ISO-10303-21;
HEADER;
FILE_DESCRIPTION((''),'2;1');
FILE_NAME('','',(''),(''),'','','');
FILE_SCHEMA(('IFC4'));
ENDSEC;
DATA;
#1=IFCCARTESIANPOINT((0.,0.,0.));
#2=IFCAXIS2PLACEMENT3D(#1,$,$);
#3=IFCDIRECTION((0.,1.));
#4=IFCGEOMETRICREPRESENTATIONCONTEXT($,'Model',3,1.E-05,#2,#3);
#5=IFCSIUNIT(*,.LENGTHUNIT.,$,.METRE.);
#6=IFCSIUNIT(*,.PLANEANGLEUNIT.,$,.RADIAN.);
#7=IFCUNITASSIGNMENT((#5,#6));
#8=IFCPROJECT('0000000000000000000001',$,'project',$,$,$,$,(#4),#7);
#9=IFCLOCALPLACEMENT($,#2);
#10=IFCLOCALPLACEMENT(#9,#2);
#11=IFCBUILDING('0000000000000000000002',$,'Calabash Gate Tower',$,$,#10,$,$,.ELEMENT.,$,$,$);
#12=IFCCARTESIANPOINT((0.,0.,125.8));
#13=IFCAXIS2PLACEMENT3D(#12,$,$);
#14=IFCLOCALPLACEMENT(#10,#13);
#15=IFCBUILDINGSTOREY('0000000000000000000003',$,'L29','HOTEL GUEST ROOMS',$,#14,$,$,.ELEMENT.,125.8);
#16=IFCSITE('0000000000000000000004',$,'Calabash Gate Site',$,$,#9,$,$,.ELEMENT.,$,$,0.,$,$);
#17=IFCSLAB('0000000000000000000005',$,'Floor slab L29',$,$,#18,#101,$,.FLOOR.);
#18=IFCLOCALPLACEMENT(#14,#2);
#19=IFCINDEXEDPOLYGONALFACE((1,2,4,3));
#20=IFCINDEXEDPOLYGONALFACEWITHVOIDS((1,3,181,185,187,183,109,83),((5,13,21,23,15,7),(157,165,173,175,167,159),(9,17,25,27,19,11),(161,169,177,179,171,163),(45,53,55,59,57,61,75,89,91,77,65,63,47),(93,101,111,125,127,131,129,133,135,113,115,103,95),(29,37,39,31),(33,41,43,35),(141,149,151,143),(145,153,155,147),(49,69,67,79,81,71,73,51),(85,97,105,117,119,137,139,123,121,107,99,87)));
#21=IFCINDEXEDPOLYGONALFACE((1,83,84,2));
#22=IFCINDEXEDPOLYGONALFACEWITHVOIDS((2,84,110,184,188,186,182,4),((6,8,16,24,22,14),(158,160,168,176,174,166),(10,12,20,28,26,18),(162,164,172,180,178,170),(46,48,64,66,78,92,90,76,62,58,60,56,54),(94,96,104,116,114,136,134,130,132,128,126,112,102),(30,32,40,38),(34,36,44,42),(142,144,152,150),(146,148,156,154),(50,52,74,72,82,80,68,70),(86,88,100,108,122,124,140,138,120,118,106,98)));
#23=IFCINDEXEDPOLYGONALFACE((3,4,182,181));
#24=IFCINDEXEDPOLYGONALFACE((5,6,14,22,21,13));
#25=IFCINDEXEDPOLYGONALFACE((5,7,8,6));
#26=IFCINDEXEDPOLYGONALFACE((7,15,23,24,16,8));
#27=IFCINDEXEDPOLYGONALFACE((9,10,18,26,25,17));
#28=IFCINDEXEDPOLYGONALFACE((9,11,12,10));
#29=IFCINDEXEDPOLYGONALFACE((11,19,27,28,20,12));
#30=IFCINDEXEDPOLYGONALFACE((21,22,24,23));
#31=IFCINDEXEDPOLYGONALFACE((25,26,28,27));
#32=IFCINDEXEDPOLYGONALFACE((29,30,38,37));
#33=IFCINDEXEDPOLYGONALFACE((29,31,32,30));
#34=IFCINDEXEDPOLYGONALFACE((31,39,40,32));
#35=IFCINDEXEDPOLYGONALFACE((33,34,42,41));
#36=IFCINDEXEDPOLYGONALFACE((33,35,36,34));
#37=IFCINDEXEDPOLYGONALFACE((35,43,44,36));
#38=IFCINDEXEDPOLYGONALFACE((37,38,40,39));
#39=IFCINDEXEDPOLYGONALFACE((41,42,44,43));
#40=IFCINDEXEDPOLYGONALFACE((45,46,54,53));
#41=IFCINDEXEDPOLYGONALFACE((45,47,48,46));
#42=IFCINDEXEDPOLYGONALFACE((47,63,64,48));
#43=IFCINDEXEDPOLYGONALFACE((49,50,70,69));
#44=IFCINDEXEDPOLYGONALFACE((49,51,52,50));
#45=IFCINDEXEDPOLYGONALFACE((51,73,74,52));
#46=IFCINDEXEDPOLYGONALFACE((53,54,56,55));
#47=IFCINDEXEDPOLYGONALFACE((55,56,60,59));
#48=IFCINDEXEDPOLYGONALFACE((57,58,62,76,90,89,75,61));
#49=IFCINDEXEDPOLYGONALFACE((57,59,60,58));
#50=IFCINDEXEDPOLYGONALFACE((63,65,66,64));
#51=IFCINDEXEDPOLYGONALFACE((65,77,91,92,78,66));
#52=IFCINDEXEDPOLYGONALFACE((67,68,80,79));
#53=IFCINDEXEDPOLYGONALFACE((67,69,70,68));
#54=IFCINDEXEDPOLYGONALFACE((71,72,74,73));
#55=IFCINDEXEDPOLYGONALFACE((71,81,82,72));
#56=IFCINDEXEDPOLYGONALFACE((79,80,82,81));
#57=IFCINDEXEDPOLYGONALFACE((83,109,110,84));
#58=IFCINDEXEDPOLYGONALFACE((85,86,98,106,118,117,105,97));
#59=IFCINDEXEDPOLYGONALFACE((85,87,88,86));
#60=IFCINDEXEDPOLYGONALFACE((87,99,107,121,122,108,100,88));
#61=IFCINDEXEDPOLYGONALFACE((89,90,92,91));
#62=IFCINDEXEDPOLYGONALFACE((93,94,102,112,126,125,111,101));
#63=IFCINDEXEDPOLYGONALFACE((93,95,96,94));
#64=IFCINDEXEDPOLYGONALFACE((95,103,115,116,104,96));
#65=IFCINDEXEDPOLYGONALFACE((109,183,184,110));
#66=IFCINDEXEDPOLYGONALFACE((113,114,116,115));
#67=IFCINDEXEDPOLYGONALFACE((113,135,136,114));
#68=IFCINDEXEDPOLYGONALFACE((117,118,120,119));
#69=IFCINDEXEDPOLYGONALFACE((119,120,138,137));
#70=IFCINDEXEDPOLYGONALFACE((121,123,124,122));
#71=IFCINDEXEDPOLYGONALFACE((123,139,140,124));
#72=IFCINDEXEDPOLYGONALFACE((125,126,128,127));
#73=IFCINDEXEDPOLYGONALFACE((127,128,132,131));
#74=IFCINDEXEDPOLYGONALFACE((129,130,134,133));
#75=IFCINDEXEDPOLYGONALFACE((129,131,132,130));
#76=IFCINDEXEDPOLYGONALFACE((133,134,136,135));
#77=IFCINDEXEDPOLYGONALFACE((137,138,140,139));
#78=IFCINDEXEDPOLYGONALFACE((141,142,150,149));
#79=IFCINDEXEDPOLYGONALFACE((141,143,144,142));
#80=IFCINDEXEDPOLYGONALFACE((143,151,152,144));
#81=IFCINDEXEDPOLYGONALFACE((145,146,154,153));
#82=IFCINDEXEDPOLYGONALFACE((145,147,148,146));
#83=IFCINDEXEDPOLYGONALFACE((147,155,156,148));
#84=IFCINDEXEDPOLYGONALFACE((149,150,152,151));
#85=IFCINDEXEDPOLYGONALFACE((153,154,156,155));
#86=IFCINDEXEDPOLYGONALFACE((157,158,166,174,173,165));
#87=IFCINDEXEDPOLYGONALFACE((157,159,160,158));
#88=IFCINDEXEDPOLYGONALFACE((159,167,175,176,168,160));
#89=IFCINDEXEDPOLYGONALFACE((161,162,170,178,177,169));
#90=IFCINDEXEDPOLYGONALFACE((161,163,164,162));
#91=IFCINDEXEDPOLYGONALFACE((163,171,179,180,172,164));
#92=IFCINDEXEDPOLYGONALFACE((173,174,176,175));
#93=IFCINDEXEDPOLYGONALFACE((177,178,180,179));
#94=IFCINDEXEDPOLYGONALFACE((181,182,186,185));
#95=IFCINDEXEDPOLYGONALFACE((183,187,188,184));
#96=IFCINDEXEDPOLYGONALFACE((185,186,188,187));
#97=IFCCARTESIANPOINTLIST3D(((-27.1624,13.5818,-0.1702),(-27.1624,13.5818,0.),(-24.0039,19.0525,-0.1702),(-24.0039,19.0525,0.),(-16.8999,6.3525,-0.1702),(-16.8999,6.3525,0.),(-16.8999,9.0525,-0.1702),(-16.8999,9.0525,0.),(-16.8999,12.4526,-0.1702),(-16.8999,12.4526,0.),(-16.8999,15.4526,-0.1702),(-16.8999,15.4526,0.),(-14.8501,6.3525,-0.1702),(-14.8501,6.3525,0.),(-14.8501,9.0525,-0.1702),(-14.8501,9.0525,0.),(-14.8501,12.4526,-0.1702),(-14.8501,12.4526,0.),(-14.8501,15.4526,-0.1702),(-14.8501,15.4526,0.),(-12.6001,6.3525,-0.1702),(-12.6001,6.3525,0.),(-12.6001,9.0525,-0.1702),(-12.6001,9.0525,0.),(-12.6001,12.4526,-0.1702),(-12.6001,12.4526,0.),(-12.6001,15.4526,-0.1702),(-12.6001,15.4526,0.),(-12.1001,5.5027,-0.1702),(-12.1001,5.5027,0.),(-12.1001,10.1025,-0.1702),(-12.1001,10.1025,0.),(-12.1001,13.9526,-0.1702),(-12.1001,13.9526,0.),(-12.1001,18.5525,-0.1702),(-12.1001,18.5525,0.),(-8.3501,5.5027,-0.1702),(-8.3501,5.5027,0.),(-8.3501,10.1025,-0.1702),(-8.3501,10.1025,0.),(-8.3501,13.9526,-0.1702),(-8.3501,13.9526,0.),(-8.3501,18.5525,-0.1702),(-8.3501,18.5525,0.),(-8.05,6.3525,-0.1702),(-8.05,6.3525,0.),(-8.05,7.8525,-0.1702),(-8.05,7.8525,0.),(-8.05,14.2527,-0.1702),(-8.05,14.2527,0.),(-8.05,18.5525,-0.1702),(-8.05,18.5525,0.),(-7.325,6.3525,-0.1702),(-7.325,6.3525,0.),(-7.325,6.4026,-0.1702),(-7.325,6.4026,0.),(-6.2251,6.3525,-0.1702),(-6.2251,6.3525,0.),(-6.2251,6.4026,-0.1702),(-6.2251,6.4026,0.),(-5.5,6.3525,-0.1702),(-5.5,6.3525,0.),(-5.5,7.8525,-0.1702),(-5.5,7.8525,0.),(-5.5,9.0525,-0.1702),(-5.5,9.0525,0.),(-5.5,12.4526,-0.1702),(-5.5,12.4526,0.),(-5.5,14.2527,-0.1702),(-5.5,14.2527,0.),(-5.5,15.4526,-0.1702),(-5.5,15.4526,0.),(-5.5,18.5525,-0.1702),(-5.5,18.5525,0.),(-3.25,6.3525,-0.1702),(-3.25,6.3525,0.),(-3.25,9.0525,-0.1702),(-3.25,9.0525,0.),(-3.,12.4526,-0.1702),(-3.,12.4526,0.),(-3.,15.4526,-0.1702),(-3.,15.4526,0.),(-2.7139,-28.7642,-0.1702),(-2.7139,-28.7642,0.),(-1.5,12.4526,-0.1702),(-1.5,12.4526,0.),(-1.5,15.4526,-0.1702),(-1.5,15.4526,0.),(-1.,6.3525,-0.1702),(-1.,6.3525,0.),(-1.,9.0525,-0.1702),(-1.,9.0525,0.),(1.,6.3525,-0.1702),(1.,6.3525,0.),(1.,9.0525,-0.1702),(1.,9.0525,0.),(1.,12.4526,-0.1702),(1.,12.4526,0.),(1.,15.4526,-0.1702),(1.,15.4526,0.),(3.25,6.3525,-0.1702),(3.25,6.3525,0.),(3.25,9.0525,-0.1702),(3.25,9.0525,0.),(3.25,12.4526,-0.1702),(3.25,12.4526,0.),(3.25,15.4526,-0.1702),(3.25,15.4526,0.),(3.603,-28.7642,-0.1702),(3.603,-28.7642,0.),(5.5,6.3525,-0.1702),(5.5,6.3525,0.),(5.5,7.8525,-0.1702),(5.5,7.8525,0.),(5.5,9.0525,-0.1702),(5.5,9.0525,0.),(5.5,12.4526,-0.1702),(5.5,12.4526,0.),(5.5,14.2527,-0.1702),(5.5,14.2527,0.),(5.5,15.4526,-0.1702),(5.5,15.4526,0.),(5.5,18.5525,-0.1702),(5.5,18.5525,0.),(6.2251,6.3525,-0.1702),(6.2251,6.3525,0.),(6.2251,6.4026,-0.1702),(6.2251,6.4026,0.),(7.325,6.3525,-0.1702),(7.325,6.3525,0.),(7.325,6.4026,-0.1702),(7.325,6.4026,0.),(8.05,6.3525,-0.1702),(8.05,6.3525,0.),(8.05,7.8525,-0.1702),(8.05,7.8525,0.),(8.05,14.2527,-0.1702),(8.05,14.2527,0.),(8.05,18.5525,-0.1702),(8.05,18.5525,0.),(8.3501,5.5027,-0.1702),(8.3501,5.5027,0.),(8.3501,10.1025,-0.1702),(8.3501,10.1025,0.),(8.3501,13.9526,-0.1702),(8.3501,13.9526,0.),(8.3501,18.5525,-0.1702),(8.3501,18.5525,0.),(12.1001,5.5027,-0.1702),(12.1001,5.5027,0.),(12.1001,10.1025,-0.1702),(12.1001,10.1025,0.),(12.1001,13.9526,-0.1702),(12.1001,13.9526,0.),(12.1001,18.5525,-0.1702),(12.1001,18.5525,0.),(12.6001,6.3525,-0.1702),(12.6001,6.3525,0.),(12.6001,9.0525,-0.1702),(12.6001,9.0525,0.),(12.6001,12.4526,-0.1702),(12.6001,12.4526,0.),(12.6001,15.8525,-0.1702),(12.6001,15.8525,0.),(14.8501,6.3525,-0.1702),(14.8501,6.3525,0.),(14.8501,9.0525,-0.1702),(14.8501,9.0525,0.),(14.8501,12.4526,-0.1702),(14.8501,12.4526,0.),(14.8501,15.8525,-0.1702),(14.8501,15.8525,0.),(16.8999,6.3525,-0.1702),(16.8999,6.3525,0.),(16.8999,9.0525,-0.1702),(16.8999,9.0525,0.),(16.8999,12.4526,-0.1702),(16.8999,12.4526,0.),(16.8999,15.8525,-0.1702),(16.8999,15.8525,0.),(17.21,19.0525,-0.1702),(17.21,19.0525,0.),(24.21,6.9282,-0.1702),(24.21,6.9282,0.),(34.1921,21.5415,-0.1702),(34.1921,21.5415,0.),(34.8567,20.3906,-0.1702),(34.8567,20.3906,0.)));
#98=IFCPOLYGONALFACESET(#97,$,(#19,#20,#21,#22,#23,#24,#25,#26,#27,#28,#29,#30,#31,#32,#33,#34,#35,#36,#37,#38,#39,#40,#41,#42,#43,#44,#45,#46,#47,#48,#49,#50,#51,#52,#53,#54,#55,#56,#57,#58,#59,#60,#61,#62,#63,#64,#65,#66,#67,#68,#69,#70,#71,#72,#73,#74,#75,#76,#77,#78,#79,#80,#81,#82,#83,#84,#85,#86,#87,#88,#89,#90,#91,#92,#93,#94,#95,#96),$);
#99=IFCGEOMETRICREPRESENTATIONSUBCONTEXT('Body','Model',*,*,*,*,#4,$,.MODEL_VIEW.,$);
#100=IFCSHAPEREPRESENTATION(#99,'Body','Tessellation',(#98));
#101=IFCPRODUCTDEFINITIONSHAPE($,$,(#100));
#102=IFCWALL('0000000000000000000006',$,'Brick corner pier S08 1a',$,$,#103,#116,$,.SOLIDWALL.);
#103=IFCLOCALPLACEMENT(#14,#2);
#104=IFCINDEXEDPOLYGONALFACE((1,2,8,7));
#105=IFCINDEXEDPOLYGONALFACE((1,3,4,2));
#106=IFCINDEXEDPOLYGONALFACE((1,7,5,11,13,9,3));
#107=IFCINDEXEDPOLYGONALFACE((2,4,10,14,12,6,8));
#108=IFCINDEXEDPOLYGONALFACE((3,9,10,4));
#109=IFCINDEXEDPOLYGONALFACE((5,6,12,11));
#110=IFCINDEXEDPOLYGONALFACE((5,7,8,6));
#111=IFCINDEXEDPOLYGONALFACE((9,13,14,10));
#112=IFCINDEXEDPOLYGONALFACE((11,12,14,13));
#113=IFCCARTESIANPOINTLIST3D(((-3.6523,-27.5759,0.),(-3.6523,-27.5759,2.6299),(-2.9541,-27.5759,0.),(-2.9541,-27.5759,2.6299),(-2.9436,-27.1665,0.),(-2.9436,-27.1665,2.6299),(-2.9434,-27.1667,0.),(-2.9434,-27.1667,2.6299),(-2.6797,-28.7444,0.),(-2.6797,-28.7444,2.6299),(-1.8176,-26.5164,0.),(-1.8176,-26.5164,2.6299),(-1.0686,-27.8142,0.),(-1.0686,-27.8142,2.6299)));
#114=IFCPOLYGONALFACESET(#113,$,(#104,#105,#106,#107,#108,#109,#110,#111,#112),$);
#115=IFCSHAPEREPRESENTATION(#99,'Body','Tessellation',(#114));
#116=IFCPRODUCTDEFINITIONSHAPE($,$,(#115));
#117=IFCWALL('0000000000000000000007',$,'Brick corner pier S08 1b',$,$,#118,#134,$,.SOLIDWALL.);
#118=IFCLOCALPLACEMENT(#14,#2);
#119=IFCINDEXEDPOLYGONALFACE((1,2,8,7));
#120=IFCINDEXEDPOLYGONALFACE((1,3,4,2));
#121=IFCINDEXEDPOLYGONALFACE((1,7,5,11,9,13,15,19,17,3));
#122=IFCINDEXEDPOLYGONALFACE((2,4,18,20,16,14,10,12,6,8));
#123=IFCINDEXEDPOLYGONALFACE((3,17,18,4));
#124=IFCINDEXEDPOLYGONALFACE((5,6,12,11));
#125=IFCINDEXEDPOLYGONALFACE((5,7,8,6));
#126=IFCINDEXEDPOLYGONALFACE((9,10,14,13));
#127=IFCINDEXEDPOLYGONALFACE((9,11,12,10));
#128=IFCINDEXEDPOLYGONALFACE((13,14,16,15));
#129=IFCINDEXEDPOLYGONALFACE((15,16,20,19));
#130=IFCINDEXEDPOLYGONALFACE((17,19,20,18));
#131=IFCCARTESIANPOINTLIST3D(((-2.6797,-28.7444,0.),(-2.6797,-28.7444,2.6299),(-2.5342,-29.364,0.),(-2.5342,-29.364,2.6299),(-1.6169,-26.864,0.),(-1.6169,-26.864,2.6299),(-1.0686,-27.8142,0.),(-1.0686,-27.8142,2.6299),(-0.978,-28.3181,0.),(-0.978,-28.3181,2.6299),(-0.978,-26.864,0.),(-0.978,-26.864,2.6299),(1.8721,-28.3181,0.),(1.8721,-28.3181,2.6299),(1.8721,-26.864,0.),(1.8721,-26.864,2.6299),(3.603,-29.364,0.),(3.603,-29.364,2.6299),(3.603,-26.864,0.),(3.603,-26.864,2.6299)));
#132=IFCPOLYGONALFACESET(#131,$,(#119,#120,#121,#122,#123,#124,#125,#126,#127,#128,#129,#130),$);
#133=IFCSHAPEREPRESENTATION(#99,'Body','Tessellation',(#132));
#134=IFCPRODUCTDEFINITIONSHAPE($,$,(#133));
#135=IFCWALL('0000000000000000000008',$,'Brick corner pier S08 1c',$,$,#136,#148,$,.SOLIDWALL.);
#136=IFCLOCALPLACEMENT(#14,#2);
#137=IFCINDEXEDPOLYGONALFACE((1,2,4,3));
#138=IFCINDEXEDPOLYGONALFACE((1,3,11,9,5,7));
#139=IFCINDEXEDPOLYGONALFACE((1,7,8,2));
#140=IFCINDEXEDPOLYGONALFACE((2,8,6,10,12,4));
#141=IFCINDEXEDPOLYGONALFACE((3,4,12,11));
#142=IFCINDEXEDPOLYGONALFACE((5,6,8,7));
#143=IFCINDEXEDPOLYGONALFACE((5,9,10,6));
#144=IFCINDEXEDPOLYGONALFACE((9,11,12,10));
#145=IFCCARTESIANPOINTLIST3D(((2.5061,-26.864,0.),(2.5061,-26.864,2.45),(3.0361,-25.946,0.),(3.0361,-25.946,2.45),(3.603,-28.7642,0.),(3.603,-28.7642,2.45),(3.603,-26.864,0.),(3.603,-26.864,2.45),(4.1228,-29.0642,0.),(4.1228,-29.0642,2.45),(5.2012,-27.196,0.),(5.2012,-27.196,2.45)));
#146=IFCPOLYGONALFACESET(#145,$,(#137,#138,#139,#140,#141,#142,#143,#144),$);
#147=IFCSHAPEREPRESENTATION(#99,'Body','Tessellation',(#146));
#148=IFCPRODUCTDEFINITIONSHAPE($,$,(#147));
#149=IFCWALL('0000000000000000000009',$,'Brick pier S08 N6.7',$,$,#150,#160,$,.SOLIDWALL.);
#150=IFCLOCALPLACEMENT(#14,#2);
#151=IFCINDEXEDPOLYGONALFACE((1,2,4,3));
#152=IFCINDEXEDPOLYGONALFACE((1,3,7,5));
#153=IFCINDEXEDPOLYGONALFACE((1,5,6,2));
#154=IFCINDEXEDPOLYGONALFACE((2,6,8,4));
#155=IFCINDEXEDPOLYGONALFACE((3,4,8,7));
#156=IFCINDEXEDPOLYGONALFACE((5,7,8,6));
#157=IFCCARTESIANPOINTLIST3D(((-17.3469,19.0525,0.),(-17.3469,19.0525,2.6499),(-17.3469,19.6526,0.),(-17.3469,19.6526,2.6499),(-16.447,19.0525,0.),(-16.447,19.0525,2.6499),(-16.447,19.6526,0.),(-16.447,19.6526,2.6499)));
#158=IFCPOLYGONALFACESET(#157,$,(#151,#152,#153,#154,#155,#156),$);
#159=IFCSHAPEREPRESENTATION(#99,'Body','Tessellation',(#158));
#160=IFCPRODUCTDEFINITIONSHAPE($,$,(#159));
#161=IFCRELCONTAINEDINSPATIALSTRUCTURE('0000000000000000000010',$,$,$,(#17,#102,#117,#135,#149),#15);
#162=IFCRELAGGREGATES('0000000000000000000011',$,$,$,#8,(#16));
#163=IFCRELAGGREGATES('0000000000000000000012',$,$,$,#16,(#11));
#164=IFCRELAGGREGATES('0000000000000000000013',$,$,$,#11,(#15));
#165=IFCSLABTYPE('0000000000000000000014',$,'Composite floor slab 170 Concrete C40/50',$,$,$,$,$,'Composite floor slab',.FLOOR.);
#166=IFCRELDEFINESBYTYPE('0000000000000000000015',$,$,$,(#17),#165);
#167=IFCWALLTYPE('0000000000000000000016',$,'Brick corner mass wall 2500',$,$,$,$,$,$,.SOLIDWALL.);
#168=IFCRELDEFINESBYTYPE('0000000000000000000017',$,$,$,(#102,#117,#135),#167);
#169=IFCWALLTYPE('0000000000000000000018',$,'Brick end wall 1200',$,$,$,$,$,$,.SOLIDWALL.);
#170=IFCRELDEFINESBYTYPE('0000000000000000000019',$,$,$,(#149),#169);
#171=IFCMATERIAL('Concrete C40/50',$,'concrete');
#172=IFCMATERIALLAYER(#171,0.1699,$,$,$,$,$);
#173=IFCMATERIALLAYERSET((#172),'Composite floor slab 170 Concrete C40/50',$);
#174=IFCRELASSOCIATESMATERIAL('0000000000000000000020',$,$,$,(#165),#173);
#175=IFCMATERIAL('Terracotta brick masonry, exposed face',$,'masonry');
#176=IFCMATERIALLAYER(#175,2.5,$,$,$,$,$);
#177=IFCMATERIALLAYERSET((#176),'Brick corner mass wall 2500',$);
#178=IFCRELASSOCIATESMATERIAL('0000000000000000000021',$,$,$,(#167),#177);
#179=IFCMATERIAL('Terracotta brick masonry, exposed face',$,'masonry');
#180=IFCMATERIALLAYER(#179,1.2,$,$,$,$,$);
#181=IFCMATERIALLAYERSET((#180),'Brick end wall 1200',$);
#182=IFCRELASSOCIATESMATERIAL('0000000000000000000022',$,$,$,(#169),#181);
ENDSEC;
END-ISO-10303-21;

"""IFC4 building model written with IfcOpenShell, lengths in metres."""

from ifc_helpers import new_model, si_unit, direction, frame, origin, place, context, subcontext, project, spatial, polyline, outline, extrude, material, layer, layer_set, type_object, element, save


model = new_model("IFC4")

# Units and contexts
model_context = context("Model", 3, precision=1e-05, world=origin(), true_north=direction((0.0, 1.0)))
body_context = subcontext(model_context, "Body", "Model", "MODEL_VIEW")
ifc_project = project(units=[si_unit("LENGTHUNIT", "METRE"), si_unit("PLANEANGLEUNIT", "RADIAN")], contexts=[model_context])

# Site, building, storey
site_placement = place(None, origin())
site = spatial("IfcSite", under=ifc_project, at=site_placement, Name="Calabash Gate Site", CompositionType="ELEMENT", RefElevation=0.0)
building_placement = place(site_placement, origin())
building = spatial("IfcBuilding", under=site, at=building_placement, Name="Calabash Gate Tower", CompositionType="ELEMENT")
storey_placement = place(building_placement, frame((0.0, 0.0, 125.8)))
storey = spatial("IfcBuildingStorey", under=building, at=storey_placement, Name="L29", Description="HOTEL GUEST ROOMS", CompositionType="ELEMENT", Elevation=125.8)

# Slab
ifc_material_1 = material(Name="Concrete C40/50", Category="concrete")
ifc_layer_1 = layer(ifc_material_1, 0.1699)
ifc_layer_set_1 = layer_set([ifc_layer_1], Name="Composite floor slab 170 Concrete C40/50")
slab_type = type_object("IfcSlabType", Name="Composite floor slab 170 Concrete C40/50", ElementType="Composite floor slab", PredefinedType="FLOOR", material=ifc_layer_set_1)
slab_placement = place(storey_placement, frame((0.0, 0.0, -0.1702)))
element("IfcSlab", 1, at=slab_placement, inside=storey, type_object=slab_type, Name="Floor slab L29", PredefinedType="FLOOR", context=body_context, shape_type="SweptSolid", body=[
    extrude(outline(polyline([(-27.1624, 13.5818), (-24.0039, 19.0525), (17.21, 19.0525), (34.1921, 21.5415), (34.8567, 20.3906), (24.21, 6.9282), (3.603, -28.7642), (-2.7139, -28.7642), (-27.1624, 13.5818)]), holes=[polyline([(-5.5, 9.0525), (-5.5, 7.8525), (-8.05, 7.8525), (-8.05, 6.3525), (-7.325, 6.3525), (-7.325, 6.4026), (-6.2251, 6.4026), (-6.2251, 6.3525), (-5.5, 6.3525), (-3.25, 6.3525), (-1.0, 6.3525), (-1.0, 9.0525), (-3.25, 9.0525), (-5.5, 9.0525)]), polyline([(5.5, 9.0525), (3.25, 9.0525), (1.0, 9.0525), (1.0, 6.3525), (3.25, 6.3525), (5.5, 6.3525), (6.2251, 6.3525), (6.2251, 6.4026), (7.325, 6.4026), (7.325, 6.3525), (8.05, 6.3525), (8.05, 7.8525), (5.5, 7.8525), (5.5, 9.0525)]), polyline([(-5.5, 14.2527), (-5.5, 12.4526), (-3.0, 12.4526), (-3.0, 15.4526), (-5.5, 15.4526), (-5.5, 18.5525), (-8.05, 18.5525), (-8.05, 14.2527), (-5.5, 14.2527)]), polyline([(8.05, 18.5525), (5.5, 18.5525), (5.5, 15.4526), (3.25, 15.4526), (1.0, 15.4526), (-1.5, 15.4526), (-1.5, 12.4526), (1.0, 12.4526), (3.25, 12.4526), (5.5, 12.4526), (5.5, 14.2527), (8.05, 14.2527), (8.05, 18.5525)]), polyline([(-12.6001, 6.3525), (-12.6001, 9.0525), (-14.8501, 9.0525), (-16.8999, 9.0525), (-16.8999, 6.3525), (-14.8501, 6.3525), (-12.6001, 6.3525)]), polyline([(-14.8501, 12.4526), (-12.6001, 12.4526), (-12.6001, 15.4526), (-14.8501, 15.4526), (-16.8999, 15.4526), (-16.8999, 12.4526), (-14.8501, 12.4526)]), polyline([(14.8501, 6.3525), (16.8999, 6.3525), (16.8999, 9.0525), (14.8501, 9.0525), (12.6001, 9.0525), (12.6001, 6.3525), (14.8501, 6.3525)]), polyline([(14.8501, 12.4526), (16.8999, 12.4526), (16.8999, 15.8525), (14.8501, 15.8525), (12.6001, 15.8525), (12.6001, 12.4526), (14.8501, 12.4526)]), polyline([(-8.3501, 18.5525), (-12.1001, 18.5525), (-12.1001, 13.9526), (-8.3501, 13.9526), (-8.3501, 18.5525)]), polyline([(-12.1001, 10.1025), (-12.1001, 5.5027), (-8.3501, 5.5027), (-8.3501, 10.1025), (-12.1001, 10.1025)]), polyline([(8.3501, 13.9526), (12.1001, 13.9526), (12.1001, 18.5525), (8.3501, 18.5525), (8.3501, 13.9526)]), polyline([(12.1001, 5.5027), (12.1001, 10.1025), (8.3501, 10.1025), (8.3501, 5.5027), (12.1001, 5.5027)])]), origin(), (0.0, 0.0, 1.0), 0.1702),
])

# Walls
ifc_material_2 = material(Name="Terracotta brick masonry, exposed face", Category="masonry")
ifc_layer_2 = layer(ifc_material_2, 2.5)
ifc_layer_set_2 = layer_set([ifc_layer_2], Name="Brick corner mass wall 2500")
wall_type_1 = type_object("IfcWallType", Name="Brick corner mass wall 2500", PredefinedType="SOLIDWALL", material=ifc_layer_set_2)
wall_1_placement = place(storey_placement, origin())
element("IfcWall", 2, at=wall_1_placement, inside=storey, type_object=wall_type_1, Name="Brick corner pier S08 1a", PredefinedType="SOLIDWALL", context=body_context, shape_type="SweptSolid", body=[
    extrude(outline(polyline([(-1.0686, -27.8142), (-1.8176, -26.5164), (-2.9436, -27.1665), (-2.9434, -27.1667), (-3.6523, -27.5759), (-2.9541, -27.5759), (-2.6797, -28.7444), (-1.0686, -27.8142)])), origin(), (0.0, 0.0, 1.0), 2.6299),
])
wall_2_placement = place(storey_placement, origin())
element("IfcWall", 3, at=wall_2_placement, inside=storey, type_object=wall_type_1, Name="Brick corner pier S08 1b", PredefinedType="SOLIDWALL", context=body_context, shape_type="SweptSolid", body=[
    extrude(outline(polyline([(-0.978, -26.864), (-1.6169, -26.864), (-1.0686, -27.8142), (-2.6797, -28.7444), (-2.5342, -29.364), (3.603, -29.364), (3.603, -26.864), (1.8721, -26.864), (1.8721, -28.3181), (-0.978, -28.3181), (-0.978, -26.864)])), origin(), (0.0, 0.0, 1.0), 2.6299),
])
wall_3_placement = place(storey_placement, origin())
element("IfcWall", 4, at=wall_3_placement, inside=storey, type_object=wall_type_1, Name="Brick corner pier S08 1c", PredefinedType="SOLIDWALL", context=body_context, shape_type="SweptSolid", body=[
    extrude(outline(polyline([(5.2012, -27.196), (3.0361, -25.946), (2.5061, -26.864), (3.603, -26.864), (3.603, -28.7642), (4.1228, -29.0642), (5.2012, -27.196)])), origin(), (0.0, 0.0, 1.0), 2.45),
])
ifc_material_3 = material(Name="Terracotta brick masonry, exposed face", Category="masonry")
ifc_layer_3 = layer(ifc_material_3, 1.2)
ifc_layer_set_3 = layer_set([ifc_layer_3], Name="Brick end wall 1200")
wall_type_2 = type_object("IfcWallType", Name="Brick end wall 1200", PredefinedType="SOLIDWALL", material=ifc_layer_set_3)
wall_4_placement = place(storey_placement, origin())
element("IfcWall", 5, at=wall_4_placement, inside=storey, type_object=wall_type_2, Name="Brick pier S08 N6.7", PredefinedType="SOLIDWALL", context=body_context, shape_type="SweptSolid", body=[
    extrude(outline(polyline([(-16.447, 19.0525), (-16.447, 19.6526), (-17.3469, 19.6526), (-17.3469, 19.0525), (-16.447, 19.0525)])), origin(), (0.0, 0.0, 1.0), 2.6499),
])

save(model, "model.ifc")
